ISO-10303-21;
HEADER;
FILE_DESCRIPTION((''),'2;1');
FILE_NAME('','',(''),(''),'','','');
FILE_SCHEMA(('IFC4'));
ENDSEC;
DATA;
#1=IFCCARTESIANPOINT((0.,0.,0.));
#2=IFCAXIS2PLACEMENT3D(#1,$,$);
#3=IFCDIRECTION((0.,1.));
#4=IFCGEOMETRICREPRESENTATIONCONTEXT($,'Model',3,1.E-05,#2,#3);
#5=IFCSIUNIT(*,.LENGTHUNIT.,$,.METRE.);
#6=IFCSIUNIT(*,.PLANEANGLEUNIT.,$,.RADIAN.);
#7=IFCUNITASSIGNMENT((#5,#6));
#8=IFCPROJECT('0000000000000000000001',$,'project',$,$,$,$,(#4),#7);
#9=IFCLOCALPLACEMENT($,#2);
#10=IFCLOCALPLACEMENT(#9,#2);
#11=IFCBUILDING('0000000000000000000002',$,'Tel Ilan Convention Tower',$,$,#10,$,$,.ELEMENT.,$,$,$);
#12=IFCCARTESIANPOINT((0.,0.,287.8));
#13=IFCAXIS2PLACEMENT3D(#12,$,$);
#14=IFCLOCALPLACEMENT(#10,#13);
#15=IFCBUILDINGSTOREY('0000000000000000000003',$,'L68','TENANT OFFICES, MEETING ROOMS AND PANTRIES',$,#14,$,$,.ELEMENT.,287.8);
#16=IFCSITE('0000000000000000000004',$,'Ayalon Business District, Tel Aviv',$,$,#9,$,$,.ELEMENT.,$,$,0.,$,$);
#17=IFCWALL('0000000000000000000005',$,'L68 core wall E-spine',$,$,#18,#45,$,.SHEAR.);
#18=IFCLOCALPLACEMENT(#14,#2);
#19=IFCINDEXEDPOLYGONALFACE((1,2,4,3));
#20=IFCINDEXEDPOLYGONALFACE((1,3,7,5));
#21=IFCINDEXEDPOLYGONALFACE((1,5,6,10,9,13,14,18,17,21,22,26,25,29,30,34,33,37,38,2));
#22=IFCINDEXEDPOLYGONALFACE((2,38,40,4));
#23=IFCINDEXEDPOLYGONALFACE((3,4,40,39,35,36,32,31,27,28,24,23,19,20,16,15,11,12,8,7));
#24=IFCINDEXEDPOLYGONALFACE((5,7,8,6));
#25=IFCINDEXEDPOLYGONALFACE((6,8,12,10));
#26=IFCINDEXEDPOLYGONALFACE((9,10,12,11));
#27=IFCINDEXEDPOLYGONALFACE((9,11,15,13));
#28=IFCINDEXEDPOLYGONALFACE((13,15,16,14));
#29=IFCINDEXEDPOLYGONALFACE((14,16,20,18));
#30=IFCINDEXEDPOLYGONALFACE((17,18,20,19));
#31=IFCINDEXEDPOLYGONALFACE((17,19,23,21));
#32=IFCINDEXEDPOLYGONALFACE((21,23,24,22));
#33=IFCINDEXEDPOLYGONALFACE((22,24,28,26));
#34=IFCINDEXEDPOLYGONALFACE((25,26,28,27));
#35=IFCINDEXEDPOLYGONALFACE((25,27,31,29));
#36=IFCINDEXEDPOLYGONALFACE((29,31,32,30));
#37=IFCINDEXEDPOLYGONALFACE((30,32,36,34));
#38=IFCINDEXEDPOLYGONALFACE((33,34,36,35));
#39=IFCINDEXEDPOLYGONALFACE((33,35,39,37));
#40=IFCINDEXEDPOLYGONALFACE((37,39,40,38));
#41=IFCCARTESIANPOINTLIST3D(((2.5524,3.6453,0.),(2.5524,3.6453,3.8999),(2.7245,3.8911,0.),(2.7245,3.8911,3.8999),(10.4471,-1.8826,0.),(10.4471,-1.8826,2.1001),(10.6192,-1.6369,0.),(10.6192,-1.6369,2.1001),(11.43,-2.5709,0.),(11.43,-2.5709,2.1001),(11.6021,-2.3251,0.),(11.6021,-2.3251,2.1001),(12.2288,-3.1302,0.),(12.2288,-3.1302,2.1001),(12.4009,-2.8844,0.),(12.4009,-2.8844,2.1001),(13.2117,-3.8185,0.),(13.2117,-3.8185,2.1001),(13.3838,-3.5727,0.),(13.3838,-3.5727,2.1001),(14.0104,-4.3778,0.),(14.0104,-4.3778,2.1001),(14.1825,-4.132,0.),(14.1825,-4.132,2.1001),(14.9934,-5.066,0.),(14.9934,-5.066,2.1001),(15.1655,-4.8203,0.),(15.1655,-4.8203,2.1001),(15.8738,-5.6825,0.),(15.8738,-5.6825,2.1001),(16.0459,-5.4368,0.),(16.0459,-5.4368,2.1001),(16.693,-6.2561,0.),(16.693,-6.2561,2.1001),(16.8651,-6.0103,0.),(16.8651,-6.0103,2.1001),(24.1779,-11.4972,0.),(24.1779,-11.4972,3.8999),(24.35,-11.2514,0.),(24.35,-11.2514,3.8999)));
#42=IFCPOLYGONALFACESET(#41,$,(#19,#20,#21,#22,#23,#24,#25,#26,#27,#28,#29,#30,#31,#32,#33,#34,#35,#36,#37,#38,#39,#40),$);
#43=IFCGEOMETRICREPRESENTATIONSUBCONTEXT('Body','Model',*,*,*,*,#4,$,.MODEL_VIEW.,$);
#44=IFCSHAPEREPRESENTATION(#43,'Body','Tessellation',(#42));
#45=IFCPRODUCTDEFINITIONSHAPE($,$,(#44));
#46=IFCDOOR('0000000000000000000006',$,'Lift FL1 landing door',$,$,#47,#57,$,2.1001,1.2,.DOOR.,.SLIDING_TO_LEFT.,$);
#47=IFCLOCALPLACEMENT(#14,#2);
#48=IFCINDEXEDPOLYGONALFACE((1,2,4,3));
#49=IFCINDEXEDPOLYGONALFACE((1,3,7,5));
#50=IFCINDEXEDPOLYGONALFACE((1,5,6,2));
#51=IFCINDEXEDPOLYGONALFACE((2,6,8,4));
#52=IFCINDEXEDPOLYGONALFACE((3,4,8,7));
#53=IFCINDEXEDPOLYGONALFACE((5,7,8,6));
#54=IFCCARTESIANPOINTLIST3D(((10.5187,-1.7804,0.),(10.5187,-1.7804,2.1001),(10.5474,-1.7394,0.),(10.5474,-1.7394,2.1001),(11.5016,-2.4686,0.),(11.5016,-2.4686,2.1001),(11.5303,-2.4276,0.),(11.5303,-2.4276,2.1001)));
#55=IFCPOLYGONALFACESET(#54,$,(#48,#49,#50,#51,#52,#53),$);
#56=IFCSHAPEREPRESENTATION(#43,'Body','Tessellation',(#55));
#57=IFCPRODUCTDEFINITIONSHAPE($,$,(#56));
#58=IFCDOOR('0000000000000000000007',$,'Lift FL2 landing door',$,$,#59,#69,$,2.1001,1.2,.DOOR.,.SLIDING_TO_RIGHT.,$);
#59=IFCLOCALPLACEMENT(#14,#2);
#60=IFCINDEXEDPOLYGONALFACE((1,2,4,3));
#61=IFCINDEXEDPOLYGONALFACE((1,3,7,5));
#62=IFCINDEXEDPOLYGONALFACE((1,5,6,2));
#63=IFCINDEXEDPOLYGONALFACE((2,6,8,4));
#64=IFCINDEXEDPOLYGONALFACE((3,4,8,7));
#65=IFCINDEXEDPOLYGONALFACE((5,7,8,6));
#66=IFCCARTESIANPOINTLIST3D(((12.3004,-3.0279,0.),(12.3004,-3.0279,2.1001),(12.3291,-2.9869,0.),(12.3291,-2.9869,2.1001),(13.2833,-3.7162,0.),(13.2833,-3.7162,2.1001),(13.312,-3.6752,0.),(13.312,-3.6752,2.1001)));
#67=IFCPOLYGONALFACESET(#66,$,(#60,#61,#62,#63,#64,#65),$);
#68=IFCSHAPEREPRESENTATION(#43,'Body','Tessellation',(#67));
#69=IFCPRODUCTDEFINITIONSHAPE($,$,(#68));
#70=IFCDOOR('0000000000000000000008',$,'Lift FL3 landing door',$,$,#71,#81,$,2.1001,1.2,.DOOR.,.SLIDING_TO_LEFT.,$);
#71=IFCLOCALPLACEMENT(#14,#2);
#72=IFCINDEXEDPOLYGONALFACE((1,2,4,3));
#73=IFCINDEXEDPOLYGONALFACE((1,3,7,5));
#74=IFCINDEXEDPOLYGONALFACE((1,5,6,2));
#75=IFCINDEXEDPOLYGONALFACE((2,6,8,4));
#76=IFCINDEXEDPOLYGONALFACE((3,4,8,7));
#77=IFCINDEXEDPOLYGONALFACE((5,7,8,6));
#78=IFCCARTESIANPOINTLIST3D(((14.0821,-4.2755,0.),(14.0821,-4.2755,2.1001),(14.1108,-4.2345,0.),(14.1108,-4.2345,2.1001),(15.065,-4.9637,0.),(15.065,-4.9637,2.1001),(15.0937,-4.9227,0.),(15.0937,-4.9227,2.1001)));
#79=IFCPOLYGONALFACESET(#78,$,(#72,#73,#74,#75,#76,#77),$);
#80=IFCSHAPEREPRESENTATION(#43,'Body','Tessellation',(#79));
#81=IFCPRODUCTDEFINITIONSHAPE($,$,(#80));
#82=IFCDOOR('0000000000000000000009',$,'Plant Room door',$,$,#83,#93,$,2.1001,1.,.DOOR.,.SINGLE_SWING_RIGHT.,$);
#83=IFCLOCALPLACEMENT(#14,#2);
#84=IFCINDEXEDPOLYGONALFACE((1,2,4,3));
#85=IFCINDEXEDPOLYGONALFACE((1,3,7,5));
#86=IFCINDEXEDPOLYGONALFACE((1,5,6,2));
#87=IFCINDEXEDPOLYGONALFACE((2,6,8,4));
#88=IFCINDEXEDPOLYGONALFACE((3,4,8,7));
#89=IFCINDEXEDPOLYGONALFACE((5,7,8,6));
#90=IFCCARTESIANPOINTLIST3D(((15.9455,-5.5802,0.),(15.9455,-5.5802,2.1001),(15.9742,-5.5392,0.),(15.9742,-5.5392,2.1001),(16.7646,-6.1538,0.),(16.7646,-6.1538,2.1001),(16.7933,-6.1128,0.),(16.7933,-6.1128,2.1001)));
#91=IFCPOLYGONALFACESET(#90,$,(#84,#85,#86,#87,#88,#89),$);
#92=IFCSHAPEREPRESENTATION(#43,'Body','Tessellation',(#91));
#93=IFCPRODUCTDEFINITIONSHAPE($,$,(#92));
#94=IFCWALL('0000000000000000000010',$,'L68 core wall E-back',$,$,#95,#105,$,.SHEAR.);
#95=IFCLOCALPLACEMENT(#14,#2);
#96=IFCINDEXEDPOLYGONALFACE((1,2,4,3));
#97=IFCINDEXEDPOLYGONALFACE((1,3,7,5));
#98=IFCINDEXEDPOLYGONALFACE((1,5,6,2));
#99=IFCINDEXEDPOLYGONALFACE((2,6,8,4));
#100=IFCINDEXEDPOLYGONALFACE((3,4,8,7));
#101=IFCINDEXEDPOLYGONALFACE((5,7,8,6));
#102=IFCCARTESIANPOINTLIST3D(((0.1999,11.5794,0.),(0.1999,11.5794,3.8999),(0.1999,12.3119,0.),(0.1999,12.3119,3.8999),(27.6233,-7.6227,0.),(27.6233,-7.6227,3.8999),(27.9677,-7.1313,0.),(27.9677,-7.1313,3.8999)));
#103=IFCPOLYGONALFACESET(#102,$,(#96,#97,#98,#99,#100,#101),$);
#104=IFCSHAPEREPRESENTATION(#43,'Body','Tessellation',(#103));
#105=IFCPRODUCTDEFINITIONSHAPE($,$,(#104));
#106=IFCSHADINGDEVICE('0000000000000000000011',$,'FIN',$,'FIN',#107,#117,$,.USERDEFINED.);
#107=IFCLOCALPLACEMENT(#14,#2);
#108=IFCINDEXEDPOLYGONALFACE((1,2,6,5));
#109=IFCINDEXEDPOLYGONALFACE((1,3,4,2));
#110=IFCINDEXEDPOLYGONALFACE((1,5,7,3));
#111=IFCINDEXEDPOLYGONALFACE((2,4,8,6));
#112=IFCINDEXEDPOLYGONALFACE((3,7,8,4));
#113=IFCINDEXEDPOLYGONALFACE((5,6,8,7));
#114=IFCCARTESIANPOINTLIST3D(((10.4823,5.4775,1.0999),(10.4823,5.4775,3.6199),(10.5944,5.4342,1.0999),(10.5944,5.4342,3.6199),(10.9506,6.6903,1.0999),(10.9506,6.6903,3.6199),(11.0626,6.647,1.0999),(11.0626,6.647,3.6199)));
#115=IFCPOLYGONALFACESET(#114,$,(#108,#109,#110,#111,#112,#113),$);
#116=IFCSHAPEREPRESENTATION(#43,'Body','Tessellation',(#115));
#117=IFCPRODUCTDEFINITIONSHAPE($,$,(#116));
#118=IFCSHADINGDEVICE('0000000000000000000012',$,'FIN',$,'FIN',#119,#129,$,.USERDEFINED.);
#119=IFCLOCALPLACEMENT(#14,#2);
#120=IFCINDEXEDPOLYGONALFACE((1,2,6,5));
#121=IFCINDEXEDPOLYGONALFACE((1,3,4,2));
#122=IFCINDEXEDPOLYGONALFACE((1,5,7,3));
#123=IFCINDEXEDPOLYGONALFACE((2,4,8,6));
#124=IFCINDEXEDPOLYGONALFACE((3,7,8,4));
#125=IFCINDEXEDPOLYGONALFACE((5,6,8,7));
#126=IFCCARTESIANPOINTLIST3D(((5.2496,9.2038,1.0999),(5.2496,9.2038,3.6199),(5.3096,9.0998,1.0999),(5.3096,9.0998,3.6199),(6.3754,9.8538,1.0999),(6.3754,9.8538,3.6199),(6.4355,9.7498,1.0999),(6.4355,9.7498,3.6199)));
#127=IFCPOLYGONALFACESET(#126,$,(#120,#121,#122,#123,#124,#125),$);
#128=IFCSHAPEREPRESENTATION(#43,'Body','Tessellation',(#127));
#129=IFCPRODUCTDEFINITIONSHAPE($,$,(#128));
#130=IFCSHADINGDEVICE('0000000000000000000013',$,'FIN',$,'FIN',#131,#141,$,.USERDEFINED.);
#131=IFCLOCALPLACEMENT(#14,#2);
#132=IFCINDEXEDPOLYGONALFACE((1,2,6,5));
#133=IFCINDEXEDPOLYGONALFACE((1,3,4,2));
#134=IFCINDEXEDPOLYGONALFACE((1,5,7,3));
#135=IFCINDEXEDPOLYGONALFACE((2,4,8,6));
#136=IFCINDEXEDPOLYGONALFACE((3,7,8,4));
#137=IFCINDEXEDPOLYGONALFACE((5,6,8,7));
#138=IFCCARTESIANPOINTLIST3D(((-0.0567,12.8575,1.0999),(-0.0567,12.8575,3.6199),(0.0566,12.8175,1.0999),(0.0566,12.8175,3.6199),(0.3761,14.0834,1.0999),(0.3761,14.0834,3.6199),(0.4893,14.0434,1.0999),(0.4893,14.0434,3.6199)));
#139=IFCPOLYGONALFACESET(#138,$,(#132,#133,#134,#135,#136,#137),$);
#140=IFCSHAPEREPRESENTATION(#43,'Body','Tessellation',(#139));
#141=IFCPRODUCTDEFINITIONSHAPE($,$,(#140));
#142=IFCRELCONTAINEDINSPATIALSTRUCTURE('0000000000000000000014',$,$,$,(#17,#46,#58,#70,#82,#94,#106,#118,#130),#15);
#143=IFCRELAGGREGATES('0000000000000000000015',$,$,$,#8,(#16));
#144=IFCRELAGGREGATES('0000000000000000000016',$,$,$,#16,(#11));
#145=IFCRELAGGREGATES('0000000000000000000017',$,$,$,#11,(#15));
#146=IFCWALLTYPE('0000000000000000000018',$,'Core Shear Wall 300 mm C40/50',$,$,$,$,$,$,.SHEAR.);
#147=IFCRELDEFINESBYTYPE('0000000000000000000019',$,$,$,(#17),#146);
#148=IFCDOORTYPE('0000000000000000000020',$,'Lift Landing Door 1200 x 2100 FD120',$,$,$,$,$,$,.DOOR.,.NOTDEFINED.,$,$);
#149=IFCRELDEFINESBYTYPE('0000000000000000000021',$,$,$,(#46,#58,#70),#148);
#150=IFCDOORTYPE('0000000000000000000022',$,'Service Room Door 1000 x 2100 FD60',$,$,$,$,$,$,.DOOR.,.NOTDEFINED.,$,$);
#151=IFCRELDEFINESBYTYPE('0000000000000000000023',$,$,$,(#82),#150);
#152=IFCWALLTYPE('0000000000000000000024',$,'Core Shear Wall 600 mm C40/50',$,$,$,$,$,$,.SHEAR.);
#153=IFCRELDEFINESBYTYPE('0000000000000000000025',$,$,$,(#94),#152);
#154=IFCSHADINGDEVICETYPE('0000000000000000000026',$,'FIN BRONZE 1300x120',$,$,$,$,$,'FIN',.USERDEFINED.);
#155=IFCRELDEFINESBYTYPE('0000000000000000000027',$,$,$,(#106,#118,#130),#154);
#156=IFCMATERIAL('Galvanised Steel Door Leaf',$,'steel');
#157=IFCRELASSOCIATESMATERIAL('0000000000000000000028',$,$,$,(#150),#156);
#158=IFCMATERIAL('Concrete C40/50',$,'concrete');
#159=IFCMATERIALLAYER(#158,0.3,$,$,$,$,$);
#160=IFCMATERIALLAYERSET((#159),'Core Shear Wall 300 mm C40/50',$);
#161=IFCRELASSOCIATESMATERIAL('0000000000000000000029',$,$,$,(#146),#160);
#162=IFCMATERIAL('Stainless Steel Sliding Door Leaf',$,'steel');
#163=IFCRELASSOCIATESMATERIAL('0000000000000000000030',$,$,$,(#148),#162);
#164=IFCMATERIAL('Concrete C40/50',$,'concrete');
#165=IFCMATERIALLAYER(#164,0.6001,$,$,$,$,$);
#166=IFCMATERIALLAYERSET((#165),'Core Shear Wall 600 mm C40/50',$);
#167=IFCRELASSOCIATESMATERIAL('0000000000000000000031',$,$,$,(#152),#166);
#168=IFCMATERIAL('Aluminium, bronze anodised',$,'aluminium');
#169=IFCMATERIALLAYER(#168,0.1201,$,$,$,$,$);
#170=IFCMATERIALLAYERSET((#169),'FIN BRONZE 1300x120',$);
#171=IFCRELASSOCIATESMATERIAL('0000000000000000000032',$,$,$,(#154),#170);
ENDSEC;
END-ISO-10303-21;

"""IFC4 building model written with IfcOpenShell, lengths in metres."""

from ifc_helpers import new_model, si_unit, direction, frame, frame_2d, origin, origin_2d, place, context, subcontext, project, spatial, polyline, rectangle, outline, extrude, material, layer, layer_set, type_object, element, fill, save


model = new_model("IFC4")

# Units and contexts
model_context = context("Model", 3, precision=1e-05, world=origin(), true_north=direction((0.0, 1.0)))
body_context = subcontext(model_context, "Body", "Model", "MODEL_VIEW")
ifc_project = project(units=[si_unit("LENGTHUNIT", "METRE"), si_unit("PLANEANGLEUNIT", "RADIAN")], contexts=[model_context])

# Site, building, storey
site_placement = place(None, origin())
site = spatial("IfcSite", under=ifc_project, at=site_placement, Name="Ayalon Business District, Tel Aviv", CompositionType="ELEMENT", RefElevation=0.0)
building_placement = place(site_placement, origin())
building = spatial("IfcBuilding", under=site, at=building_placement, Name="Tel Ilan Convention Tower", CompositionType="ELEMENT")
storey_placement = place(building_placement, frame((0.0, 0.0, 287.8)))
storey = spatial("IfcBuildingStorey", under=building, at=storey_placement, Name="L68", Description="TENANT OFFICES, MEETING ROOMS AND PANTRIES", CompositionType="ELEMENT", Elevation=287.8)

# Shared definitions
ifc_material_1 = material(Name="Galvanised Steel Door Leaf", Category="steel")
door_type_1 = type_object("IfcDoorType", Name="Service Room Door 1000 x 2100 FD60", OperationType="NOTDEFINED", PredefinedType="DOOR", material=ifc_material_1)

# Wall, openings, doors
ifc_material_2 = material(Name="Concrete C40/50", Category="concrete")
ifc_layer_1 = layer(ifc_material_2, 0.3)
ifc_layer_set_1 = layer_set([ifc_layer_1], Name="Core Shear Wall 300 mm C40/50")
wall_type_1 = type_object("IfcWallType", Name="Core Shear Wall 300 mm C40/50", PredefinedType="SHEAR", material=ifc_layer_set_1)
wall_1_placement = place(storey_placement, frame((2.6384, 3.7681, 0.0), z_axis=(0.0, 0.0, 1.0), x_axis=(0.819155, -0.573572, 0.0)))
wall_1 = element("IfcWall", 1, at=wall_1_placement, inside=storey, type_object=wall_type_1, Name="L68 core wall E-spine", PredefinedType="SHEAR", context=body_context, shape_type="SweptSolid", body=[
    extrude(outline(polyline([(0.0, 0.1501), (0.0, -0.1499), (26.3999, -0.1501), (26.3999, 0.1499), (0.0, 0.1501)])), origin(), (0.0, 0.0, 1.0), 3.8999),
])
opening_1_placement = place(wall_1_placement, frame((9.6375, 0.0, 0.0)))
opening_1 = element("IfcOpeningElement", 2, at=opening_1_placement, cuts=wall_1, PredefinedType="OPENING", context=body_context, shape_type="SweptSolid", body=[
    extrude(rectangle(XDim=1.2, YDim=2.1001, at=frame_2d((0.6001, 1.05))), frame((0.0, 0.1599, 0.0), z_axis=(0.0, -1.0, 0.0), x_axis=(1.0, 0.0, 0.0)), (0.0, 0.0, 1.0), 0.3201),
])
opening_2_placement = place(wall_1_placement, frame((11.8125, 0.0, 0.0)))
opening_2 = element("IfcOpeningElement", 3, at=opening_2_placement, cuts=wall_1, PredefinedType="OPENING", context=body_context, shape_type="SweptSolid", body=[
    extrude(rectangle(XDim=1.2, YDim=2.1001, at=frame_2d((0.6001, 1.05))), frame((0.0, 0.1599, 0.0), z_axis=(0.0, -1.0, 0.0), x_axis=(1.0, 0.0, 0.0)), (0.0, 0.0, 1.0), 0.3201),
])
opening_3_placement = place(wall_1_placement, frame((13.9875, 0.0, 0.0)))
opening_3 = element("IfcOpeningElement", 4, at=opening_3_placement, cuts=wall_1, PredefinedType="OPENING", context=body_context, shape_type="SweptSolid", body=[
    extrude(rectangle(XDim=1.2, YDim=2.1001, at=frame_2d((0.6001, 1.05))), frame((0.0, 0.1599, 0.0), z_axis=(0.0, -1.0, 0.0), x_axis=(1.0, 0.0, 0.0)), (0.0, 0.0, 1.0), 0.3201),
])
opening_4_placement = place(wall_1_placement, frame((16.2625, 0.0, 0.0)))
opening_4 = element("IfcOpeningElement", 5, at=opening_4_placement, cuts=wall_1, PredefinedType="OPENING", context=body_context, shape_type="SweptSolid", body=[
    extrude(rectangle(XDim=1.0, YDim=2.1001, at=frame_2d((0.5, 1.05))), frame((0.0, 0.1599, 0.0), z_axis=(0.0, -1.0, 0.0), x_axis=(1.0, 0.0, 0.0)), (0.0, 0.0, 1.0), 0.3201),
])
ifc_material_3 = material(Name="Stainless Steel Sliding Door Leaf", Category="steel")
door_type_2 = type_object("IfcDoorType", Name="Lift Landing Door 1200 x 2100 FD120", OperationType="NOTDEFINED", PredefinedType="DOOR", material=ifc_material_3)
door_1_placement = place(opening_1_placement, origin())
door_1 = element("IfcDoor", 6, at=door_1_placement, inside=storey, type_object=door_type_2, Name="Lift FL1 landing door", OperationType="SLIDING_TO_LEFT", OverallHeight=2.1001, OverallWidth=1.2, PredefinedType="DOOR", context=body_context, shape_type="SweptSolid", body=[
    extrude(rectangle(XDim=1.2, YDim=2.1001, at=frame_2d((0.6001, 1.05))), frame((0.0, 0.0249, 0.0), z_axis=(0.0, -1.0, 0.0), x_axis=(1.0, 0.0, 0.0)), (0.0, 0.0, 1.0), 0.05),
])
fill(opening_1, door_1)
door_2_placement = place(opening_2_placement, origin())
door_2 = element("IfcDoor", 7, at=door_2_placement, inside=storey, type_object=door_type_2, Name="Lift FL2 landing door", OperationType="SLIDING_TO_RIGHT", OverallHeight=2.1001, OverallWidth=1.2, PredefinedType="DOOR", context=body_context, shape_type="SweptSolid", body=[
    extrude(rectangle(XDim=1.2, YDim=2.1001, at=frame_2d((0.6001, 1.05))), frame((0.0, 0.0249, 0.0), z_axis=(0.0, -1.0, 0.0), x_axis=(1.0, 0.0, 0.0)), (0.0, 0.0, 1.0), 0.05),
])
fill(opening_2, door_2)
door_3_placement = place(opening_3_placement, origin())
door_3 = element("IfcDoor", 8, at=door_3_placement, inside=storey, type_object=door_type_2, Name="Lift FL3 landing door", OperationType="SLIDING_TO_LEFT", OverallHeight=2.1001, OverallWidth=1.2, PredefinedType="DOOR", context=body_context, shape_type="SweptSolid", body=[
    extrude(rectangle(XDim=1.2, YDim=2.1001, at=frame_2d((0.6001, 1.05))), frame((0.0, 0.0249, 0.0), z_axis=(0.0, -1.0, 0.0), x_axis=(1.0, 0.0, 0.0)), (0.0, 0.0, 1.0), 0.05),
])
fill(opening_3, door_3)
door_4_placement = place(opening_4_placement, origin())
door_4 = element("IfcDoor", 9, at=door_4_placement, inside=storey, type_object=door_type_1, Name="Plant Room door", OperationType="SINGLE_SWING_RIGHT", OverallHeight=2.1001, OverallWidth=1.0, PredefinedType="DOOR", context=body_context, shape_type="SweptSolid", body=[
    extrude(rectangle(XDim=1.0, YDim=2.1001, at=frame_2d((0.5, 1.05))), frame((0.0, 0.0249, 0.0), z_axis=(0.0, -1.0, 0.0), x_axis=(1.0, 0.0, 0.0)), (0.0, 0.0, 1.0), 0.05),
])
fill(opening_4, door_4)

# Wall
ifc_material_4 = material(Name="Concrete C40/50", Category="concrete")
ifc_layer_2 = layer(ifc_material_4, 0.6001)
ifc_layer_set_2 = layer_set([ifc_layer_2], Name="Core Shear Wall 600 mm C40/50")
wall_type_2 = type_object("IfcWallType", Name="Core Shear Wall 600 mm C40/50", PredefinedType="SHEAR", material=ifc_layer_set_2)
wall_2_placement = place(storey_placement, frame((0.0278, 12.0662, 0.0), z_axis=(0.0, 0.0, 1.0), x_axis=(0.819151, -0.573577, 0.0)))
element("IfcWall", 10, at=wall_2_placement, inside=storey, type_object=wall_type_2, Name="L68 core wall E-back", PredefinedType="SHEAR", context=body_context, shape_type="SweptSolid", body=[
    extrude(outline(polyline([(33.8982, 0.3), (0.0, 0.3), (0.4202, -0.3), (33.8979, -0.3), (33.8982, 0.3)])), origin(), (0.0, 0.0, 1.0), 3.8999),
])

# Shading devices
ifc_material_5 = material(Name="Aluminium, bronze anodised", Category="aluminium")
ifc_layer_3 = layer(ifc_material_5, 0.1201)
ifc_layer_set_3 = layer_set([ifc_layer_3], Name="FIN BRONZE 1300x120")
shading_device_type_1 = type_object("IfcShadingDeviceType", Name="FIN BRONZE 1300x120", ElementType="FIN", PredefinedType="USERDEFINED", material=ifc_layer_set_3)
for number, where, z_axis, x_axis, name in (
    (11, (10.7725, 6.0623, 1.0999), (0.0, 0.0, 1.0), (0.360178, 0.932884, 0.0), "FIN"),
    (12, (5.8425, 9.4768, 1.0999), (0.0, 0.0, 1.0), (0.866025, 0.5, 0.0), "FIN"),
    (13, (0.2163, 13.4504, 1.0999), (0.0, 0.0, 1.0), (0.332893, 0.942965, 0.0), "FIN"),
):
    element("IfcShadingDevice", number, at=place(storey_placement, frame(where, z_axis=z_axis, x_axis=x_axis)), inside=storey, type_object=shading_device_type_1, Name=name, ObjectType="FIN", PredefinedType="USERDEFINED", context=body_context, shape_type="SweptSolid", body=[
        extrude(rectangle(XDim=1.3, YDim=0.1201, at=origin_2d()), origin(), (0.0, 0.0, 1.0), 2.52),
    ])

save(model, "model.ifc")
